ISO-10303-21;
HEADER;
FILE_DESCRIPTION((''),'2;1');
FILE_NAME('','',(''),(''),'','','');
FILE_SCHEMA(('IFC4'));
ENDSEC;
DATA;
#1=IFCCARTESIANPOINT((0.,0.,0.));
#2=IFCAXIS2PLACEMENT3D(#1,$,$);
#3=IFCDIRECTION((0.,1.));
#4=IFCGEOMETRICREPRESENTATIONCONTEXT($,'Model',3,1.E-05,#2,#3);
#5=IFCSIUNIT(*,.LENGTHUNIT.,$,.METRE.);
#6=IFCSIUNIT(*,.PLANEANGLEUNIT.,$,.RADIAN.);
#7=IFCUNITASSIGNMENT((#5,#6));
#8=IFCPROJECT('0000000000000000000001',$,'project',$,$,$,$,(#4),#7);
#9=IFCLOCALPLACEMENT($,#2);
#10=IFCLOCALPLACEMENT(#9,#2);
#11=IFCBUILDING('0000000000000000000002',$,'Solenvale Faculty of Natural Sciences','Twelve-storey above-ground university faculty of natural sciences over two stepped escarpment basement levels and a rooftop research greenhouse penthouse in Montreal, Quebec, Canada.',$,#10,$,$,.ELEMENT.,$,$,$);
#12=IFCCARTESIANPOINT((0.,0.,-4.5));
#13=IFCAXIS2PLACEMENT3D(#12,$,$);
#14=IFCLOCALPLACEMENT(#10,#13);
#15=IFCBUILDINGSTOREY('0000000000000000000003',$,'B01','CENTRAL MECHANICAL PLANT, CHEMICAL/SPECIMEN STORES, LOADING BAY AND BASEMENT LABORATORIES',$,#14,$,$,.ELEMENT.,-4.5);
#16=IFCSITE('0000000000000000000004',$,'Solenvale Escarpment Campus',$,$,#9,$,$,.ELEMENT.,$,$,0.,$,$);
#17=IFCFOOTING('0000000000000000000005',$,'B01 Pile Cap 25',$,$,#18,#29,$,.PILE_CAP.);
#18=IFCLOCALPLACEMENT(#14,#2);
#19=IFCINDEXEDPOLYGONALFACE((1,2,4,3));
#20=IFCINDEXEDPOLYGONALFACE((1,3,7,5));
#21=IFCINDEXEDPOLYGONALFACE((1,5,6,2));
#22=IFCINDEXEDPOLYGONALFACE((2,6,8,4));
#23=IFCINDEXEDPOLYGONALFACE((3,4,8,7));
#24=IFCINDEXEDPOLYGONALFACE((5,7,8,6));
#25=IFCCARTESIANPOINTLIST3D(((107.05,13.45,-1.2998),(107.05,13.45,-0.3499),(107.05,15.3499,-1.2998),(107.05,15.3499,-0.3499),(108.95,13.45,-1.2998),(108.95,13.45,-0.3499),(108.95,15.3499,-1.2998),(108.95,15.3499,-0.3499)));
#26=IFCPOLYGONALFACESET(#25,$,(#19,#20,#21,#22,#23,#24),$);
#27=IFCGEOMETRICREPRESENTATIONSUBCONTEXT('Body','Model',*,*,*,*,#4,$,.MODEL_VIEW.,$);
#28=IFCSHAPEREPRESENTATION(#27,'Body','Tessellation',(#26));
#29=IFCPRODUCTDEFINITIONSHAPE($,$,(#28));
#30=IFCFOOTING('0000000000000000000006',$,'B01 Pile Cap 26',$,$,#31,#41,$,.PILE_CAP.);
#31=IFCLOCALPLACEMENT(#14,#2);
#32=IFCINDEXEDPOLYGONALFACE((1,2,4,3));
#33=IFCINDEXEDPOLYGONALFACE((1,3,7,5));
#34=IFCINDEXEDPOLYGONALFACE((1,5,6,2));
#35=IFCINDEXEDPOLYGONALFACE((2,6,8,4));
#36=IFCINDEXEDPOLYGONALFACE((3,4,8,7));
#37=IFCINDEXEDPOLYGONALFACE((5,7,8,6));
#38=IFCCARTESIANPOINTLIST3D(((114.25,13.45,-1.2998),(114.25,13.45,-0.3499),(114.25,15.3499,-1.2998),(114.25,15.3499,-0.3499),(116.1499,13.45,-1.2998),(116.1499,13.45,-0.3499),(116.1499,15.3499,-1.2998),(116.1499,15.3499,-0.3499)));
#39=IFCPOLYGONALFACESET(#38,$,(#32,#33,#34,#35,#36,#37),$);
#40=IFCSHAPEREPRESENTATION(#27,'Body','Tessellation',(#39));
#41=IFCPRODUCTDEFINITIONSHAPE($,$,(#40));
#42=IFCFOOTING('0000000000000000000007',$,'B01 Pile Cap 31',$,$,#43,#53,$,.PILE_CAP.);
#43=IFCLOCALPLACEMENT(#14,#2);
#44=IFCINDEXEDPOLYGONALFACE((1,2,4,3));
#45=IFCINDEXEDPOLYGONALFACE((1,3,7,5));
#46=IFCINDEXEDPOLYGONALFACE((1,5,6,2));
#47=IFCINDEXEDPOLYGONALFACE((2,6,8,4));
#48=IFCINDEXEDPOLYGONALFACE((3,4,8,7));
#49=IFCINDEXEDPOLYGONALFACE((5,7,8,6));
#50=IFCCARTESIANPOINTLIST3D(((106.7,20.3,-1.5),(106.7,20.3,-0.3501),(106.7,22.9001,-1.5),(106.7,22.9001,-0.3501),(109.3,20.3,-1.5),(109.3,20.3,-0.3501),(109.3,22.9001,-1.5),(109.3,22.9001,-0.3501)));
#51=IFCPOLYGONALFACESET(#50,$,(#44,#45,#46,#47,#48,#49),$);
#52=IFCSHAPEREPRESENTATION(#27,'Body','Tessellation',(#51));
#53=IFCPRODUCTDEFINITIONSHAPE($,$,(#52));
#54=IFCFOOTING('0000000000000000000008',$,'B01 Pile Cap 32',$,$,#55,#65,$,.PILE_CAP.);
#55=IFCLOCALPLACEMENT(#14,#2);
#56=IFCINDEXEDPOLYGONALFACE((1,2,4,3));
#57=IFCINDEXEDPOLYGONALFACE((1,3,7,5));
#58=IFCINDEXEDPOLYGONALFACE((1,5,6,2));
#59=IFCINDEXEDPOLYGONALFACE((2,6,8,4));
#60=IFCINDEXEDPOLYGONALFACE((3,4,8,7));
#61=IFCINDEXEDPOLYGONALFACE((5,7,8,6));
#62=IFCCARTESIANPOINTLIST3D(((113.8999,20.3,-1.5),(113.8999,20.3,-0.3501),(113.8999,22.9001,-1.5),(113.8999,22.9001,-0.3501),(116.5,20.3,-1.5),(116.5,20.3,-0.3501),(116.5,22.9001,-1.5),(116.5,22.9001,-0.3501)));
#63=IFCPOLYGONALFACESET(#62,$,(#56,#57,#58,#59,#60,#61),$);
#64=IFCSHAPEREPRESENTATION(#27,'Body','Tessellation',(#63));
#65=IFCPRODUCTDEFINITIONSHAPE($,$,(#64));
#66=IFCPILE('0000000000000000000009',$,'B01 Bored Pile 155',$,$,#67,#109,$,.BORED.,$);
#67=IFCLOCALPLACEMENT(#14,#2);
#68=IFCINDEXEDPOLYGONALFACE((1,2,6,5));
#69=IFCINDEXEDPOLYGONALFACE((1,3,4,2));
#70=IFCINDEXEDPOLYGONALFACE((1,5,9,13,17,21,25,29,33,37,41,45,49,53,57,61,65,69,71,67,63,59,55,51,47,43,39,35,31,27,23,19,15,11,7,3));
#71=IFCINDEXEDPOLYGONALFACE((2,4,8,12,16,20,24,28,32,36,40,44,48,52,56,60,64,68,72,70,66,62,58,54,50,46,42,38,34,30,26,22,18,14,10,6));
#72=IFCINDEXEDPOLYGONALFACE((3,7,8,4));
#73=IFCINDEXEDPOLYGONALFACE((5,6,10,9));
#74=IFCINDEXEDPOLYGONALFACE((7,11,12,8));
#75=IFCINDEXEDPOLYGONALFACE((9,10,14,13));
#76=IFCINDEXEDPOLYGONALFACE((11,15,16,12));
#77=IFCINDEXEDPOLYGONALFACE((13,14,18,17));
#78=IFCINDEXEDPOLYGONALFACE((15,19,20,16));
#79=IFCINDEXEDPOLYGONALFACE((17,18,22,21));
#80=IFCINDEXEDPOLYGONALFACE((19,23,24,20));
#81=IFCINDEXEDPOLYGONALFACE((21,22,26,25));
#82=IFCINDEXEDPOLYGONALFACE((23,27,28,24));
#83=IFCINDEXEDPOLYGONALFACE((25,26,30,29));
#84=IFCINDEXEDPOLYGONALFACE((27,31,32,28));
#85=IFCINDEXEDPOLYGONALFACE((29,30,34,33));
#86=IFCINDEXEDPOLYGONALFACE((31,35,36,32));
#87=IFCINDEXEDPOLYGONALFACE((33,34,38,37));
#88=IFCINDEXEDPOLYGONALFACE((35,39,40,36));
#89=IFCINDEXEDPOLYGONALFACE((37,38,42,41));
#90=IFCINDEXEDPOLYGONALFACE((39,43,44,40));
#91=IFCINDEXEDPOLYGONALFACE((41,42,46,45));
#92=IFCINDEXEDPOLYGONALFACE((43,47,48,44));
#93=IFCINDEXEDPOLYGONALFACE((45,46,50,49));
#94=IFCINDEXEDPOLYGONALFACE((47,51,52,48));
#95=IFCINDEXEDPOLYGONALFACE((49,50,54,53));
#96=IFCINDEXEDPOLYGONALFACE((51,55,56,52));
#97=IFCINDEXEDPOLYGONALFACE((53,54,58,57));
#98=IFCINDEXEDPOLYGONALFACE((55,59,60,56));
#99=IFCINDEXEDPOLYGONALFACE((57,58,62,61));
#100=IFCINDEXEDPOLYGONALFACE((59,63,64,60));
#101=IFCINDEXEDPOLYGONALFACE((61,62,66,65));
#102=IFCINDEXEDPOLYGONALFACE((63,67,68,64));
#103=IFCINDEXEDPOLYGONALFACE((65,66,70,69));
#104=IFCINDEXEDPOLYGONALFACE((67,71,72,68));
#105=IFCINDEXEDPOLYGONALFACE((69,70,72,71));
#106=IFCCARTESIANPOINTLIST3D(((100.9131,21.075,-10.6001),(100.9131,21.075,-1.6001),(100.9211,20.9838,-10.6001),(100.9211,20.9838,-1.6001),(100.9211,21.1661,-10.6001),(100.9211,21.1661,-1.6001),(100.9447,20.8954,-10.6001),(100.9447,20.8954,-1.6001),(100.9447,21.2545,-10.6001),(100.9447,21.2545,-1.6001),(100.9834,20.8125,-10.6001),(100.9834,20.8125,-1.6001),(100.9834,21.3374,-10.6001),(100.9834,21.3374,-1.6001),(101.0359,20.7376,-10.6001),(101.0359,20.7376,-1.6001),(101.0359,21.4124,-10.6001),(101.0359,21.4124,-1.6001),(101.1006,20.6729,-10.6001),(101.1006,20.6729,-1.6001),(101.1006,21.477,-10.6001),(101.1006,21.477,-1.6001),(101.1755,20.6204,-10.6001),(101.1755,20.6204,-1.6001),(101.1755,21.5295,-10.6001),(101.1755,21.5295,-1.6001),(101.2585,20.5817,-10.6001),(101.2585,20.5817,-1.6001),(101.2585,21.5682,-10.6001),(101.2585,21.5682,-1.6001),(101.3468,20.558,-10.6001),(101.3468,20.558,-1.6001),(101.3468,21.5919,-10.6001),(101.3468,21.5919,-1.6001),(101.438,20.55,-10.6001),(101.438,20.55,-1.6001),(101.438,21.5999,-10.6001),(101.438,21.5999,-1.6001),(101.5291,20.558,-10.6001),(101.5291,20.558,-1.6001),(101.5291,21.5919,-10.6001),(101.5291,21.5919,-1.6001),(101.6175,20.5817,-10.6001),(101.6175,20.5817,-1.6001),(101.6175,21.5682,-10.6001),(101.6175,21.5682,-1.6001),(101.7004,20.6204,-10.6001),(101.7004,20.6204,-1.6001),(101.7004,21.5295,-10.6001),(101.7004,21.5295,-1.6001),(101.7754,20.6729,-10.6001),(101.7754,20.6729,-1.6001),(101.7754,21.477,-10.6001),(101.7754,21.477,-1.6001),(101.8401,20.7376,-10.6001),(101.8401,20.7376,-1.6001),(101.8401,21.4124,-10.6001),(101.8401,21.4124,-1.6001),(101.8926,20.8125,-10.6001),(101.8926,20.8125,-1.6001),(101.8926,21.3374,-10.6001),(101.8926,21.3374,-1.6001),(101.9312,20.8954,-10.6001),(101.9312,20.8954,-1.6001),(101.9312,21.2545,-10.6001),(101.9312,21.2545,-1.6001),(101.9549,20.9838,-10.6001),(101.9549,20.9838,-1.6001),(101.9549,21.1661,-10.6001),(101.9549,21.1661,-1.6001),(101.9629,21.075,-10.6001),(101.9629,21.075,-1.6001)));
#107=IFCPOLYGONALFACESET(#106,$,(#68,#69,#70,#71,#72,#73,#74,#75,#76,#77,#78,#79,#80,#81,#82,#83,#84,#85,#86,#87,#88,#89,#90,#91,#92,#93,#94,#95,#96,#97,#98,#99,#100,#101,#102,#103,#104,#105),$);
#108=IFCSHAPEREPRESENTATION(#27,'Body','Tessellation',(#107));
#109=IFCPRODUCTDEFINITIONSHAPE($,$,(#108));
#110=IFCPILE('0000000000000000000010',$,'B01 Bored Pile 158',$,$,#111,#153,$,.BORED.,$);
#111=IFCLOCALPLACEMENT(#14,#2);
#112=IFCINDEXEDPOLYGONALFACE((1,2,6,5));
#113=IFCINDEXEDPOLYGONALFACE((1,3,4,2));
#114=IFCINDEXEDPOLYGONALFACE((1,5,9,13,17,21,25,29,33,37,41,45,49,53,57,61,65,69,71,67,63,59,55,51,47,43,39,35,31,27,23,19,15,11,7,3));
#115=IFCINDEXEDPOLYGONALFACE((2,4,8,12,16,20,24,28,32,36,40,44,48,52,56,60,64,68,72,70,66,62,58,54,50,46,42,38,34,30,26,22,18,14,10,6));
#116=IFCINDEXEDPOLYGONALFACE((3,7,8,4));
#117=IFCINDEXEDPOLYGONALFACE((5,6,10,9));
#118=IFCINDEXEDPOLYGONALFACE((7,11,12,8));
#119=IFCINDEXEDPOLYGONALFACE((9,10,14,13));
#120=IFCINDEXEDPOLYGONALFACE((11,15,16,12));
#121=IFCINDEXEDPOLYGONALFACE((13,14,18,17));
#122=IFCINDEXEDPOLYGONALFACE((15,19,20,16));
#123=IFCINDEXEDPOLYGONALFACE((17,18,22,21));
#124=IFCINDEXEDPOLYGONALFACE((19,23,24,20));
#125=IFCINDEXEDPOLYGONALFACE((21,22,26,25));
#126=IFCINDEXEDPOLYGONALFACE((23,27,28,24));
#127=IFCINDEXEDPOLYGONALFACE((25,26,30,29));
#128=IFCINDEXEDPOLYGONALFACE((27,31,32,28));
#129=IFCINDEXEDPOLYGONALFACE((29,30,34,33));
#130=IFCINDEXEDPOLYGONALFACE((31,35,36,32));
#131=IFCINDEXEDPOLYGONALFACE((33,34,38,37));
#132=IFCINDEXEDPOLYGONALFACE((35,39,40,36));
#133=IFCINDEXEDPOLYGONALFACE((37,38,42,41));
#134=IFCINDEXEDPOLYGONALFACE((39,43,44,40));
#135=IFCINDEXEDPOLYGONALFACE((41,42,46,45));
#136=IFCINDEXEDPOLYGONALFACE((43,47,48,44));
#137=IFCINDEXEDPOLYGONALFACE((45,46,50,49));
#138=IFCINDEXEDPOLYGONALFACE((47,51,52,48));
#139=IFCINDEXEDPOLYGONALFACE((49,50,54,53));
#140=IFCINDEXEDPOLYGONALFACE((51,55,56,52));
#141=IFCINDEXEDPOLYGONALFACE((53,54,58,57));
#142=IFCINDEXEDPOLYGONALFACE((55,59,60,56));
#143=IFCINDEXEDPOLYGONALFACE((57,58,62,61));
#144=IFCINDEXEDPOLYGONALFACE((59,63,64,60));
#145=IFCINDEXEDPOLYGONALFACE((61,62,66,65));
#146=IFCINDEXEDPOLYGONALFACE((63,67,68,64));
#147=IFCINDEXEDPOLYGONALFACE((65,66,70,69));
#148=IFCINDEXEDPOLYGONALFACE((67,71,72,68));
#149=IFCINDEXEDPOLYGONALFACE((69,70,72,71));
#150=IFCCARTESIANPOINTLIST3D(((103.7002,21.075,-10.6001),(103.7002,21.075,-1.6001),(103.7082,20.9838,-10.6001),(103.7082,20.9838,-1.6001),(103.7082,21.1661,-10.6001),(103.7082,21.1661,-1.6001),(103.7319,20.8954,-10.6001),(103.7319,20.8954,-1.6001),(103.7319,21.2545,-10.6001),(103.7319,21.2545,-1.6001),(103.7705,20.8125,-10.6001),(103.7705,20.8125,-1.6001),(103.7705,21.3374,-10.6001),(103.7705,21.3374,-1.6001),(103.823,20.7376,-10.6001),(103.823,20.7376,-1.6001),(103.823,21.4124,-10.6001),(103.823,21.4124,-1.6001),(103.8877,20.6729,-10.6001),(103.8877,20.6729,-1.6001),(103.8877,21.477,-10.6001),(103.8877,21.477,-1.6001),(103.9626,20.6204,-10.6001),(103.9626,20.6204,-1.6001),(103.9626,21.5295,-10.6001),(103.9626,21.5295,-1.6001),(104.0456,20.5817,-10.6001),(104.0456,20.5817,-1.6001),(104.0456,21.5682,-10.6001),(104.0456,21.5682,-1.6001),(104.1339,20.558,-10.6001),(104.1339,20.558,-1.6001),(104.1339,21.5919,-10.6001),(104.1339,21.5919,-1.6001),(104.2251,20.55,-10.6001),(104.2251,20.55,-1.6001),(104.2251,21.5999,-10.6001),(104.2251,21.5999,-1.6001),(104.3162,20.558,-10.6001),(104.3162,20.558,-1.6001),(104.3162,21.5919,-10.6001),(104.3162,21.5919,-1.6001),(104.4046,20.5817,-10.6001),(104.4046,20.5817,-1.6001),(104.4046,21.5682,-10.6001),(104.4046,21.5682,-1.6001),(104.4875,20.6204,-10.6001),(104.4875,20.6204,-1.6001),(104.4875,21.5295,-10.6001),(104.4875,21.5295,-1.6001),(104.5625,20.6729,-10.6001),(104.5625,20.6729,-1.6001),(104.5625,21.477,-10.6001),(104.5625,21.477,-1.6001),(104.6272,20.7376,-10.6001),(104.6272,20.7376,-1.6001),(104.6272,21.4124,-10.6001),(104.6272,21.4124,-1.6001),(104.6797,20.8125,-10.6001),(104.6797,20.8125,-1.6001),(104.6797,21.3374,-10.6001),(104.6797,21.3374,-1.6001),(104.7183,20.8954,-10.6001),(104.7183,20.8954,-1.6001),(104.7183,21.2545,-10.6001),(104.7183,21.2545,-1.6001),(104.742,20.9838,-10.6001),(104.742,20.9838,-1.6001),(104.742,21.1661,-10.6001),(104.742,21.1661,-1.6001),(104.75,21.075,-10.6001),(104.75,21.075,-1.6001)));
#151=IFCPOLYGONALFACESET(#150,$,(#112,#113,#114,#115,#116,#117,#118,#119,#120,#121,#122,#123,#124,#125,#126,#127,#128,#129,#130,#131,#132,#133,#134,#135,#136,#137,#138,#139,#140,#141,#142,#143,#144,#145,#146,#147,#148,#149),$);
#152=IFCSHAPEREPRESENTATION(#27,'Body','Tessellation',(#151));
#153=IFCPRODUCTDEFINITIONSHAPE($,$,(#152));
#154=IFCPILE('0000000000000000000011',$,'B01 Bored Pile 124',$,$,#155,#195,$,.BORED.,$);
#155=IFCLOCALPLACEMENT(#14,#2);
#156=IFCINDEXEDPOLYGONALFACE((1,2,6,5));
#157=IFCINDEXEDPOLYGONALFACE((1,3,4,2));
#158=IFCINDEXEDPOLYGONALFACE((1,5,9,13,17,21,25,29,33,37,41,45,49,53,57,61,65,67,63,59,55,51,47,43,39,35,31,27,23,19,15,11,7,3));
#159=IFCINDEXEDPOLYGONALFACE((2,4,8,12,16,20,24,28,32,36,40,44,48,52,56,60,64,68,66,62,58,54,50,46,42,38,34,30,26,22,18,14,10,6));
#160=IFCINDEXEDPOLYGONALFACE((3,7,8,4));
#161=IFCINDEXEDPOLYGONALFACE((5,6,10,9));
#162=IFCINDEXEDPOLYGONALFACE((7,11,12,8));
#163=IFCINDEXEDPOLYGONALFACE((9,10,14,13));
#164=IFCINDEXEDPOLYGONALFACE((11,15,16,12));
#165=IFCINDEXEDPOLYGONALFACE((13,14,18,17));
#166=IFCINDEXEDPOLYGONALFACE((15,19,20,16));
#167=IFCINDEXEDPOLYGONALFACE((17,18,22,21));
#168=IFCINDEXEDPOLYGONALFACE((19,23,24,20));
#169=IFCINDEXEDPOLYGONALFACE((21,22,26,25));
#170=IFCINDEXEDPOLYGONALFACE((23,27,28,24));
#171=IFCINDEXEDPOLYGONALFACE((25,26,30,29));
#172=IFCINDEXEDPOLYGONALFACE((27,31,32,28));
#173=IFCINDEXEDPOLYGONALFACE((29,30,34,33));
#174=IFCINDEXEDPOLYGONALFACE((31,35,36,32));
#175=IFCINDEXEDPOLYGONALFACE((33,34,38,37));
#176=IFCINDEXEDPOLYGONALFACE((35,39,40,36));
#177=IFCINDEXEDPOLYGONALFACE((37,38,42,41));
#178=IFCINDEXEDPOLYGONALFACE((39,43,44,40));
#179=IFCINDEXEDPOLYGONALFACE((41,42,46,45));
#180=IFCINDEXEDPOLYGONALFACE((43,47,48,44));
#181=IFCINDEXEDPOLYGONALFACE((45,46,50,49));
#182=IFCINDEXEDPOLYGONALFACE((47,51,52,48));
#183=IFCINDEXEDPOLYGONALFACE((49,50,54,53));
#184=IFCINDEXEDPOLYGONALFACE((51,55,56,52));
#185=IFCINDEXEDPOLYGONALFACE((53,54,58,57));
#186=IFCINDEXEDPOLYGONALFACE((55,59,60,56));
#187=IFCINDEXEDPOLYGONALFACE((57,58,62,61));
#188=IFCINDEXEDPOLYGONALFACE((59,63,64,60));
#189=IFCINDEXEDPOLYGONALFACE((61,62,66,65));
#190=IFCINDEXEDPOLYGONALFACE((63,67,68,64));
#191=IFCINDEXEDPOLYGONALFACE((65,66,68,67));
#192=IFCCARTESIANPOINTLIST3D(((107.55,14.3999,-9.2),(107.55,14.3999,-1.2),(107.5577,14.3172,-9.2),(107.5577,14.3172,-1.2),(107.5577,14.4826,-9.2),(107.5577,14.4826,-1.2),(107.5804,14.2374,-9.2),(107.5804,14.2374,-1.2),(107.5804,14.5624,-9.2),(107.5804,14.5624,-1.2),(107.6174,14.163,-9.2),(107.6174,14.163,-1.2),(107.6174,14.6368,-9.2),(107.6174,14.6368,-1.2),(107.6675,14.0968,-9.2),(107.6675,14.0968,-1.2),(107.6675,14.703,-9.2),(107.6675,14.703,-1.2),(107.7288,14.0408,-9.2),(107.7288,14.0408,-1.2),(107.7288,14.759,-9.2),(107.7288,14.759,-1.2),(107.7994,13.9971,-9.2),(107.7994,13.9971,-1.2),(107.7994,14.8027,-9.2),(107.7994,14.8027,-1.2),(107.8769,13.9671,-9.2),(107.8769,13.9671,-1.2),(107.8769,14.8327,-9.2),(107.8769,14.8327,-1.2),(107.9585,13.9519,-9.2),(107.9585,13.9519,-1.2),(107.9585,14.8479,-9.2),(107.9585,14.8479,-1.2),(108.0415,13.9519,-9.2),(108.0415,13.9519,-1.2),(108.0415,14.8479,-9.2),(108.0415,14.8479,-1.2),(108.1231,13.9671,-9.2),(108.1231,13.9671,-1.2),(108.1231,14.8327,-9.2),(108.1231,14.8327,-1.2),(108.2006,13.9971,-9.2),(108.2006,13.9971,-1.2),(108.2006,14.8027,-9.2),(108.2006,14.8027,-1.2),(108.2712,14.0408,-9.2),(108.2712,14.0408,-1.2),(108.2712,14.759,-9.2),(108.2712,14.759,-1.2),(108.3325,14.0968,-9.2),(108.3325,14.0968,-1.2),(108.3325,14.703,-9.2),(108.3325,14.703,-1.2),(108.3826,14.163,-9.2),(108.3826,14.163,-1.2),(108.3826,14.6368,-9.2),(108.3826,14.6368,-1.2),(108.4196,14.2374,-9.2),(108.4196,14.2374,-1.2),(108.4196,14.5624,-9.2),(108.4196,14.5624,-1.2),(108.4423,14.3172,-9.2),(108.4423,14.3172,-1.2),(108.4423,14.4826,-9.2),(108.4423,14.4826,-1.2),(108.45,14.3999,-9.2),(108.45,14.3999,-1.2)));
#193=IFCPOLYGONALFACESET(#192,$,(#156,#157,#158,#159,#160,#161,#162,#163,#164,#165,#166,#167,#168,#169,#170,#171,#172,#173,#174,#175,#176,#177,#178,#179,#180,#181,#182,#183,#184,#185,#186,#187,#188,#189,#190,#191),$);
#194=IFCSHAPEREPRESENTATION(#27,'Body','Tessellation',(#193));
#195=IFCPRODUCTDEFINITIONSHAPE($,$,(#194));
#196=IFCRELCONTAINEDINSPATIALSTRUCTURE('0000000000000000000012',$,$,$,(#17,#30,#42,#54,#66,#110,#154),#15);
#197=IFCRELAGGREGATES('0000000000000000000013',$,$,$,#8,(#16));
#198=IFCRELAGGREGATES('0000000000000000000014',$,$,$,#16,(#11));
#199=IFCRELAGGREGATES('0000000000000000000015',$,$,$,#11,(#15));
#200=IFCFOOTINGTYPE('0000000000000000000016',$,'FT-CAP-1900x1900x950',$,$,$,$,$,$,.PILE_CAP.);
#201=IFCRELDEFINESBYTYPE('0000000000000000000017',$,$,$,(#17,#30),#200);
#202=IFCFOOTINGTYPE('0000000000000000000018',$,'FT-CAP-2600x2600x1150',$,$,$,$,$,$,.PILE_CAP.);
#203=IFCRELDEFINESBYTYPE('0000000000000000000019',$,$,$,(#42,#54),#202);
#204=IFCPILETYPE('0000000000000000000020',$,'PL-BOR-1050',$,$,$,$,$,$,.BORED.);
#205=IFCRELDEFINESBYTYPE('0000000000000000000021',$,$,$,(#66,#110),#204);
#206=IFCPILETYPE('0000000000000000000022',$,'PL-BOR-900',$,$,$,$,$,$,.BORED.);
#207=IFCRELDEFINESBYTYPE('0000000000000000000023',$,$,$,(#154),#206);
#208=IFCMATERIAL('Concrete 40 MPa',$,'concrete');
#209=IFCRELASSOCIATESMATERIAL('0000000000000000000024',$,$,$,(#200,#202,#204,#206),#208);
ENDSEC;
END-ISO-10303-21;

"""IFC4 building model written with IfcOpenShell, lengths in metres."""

from ifc_helpers import new_model, si_unit, direction, frame, origin, origin_2d, place, context, subcontext, project, spatial, rectangle, circle, extrude, material, material_profile, profile_set, type_object, element, save


model = new_model("IFC4")

# Units and contexts
model_context = context("Model", 3, precision=1e-05, world=origin(), true_north=direction((0.0, 1.0)))
body_context = subcontext(model_context, "Body", "Model", "MODEL_VIEW")
ifc_project = project(units=[si_unit("LENGTHUNIT", "METRE"), si_unit("PLANEANGLEUNIT", "RADIAN")], contexts=[model_context])

# Site, building, storey
site_placement = place(None, origin())
site = spatial("IfcSite", under=ifc_project, at=site_placement, Name="Solenvale Escarpment Campus", CompositionType="ELEMENT", RefElevation=0.0)
building_placement = place(site_placement, origin())
building = spatial("IfcBuilding", under=site, at=building_placement, Name="Solenvale Faculty of Natural Sciences", Description="Twelve-storey above-ground university faculty of natural sciences over two stepped escarpment basement levels and a rooftop research greenhouse penthouse in Montreal, Quebec, Canada.", CompositionType="ELEMENT")
storey_placement = place(building_placement, frame((0.0, 0.0, -4.5)))
storey = spatial("IfcBuildingStorey", under=building, at=storey_placement, Name="B01", Description="CENTRAL MECHANICAL PLANT, CHEMICAL/SPECIMEN STORES, LOADING BAY AND BASEMENT LABORATORIES", CompositionType="ELEMENT", Elevation=-4.5)

# Footings
ifc_material_1 = material(Name="Concrete 40 MPa", Category="concrete")
footing_type_1 = type_object("IfcFootingType", Name="FT-CAP-1900x1900x950", PredefinedType="PILE_CAP", material=ifc_material_1)
for number, where, z_axis, x_axis, name in (
    (1, (108.0, 14.3999, -1.2998), (0.0, 0.0, 1.0), (1.0, 0.0, 0.0), "B01 Pile Cap 25"),
    (2, (115.2, 14.3999, -1.2998), (0.0, 0.0, 1.0), (1.0, 0.0, 0.0), "B01 Pile Cap 26"),
):
    element("IfcFooting", number, at=place(storey_placement, frame(where, z_axis=z_axis, x_axis=x_axis)), inside=storey, type_object=footing_type_1, Name=name, PredefinedType="PILE_CAP", context=body_context, shape_type="SweptSolid", body=[
        extrude(rectangle(XDim=1.8999, YDim=1.8999, at=origin_2d()), origin(), (0.0, 0.0, 1.0), 0.95),
    ])
footing_type_2 = type_object("IfcFootingType", Name="FT-CAP-2600x2600x1150", PredefinedType="PILE_CAP", material=ifc_material_1)
for number, where, z_axis, x_axis, name in (
    (3, (108.0, 21.6001, -1.5), (0.0, 0.0, 1.0), (1.0, 0.0, 0.0), "B01 Pile Cap 31"),
    (4, (115.2, 21.6001, -1.5), (0.0, 0.0, 1.0), (1.0, 0.0, 0.0), "B01 Pile Cap 32"),
):
    element("IfcFooting", number, at=place(storey_placement, frame(where, z_axis=z_axis, x_axis=x_axis)), inside=storey, type_object=footing_type_2, Name=name, PredefinedType="PILE_CAP", context=body_context, shape_type="SweptSolid", body=[
        extrude(rectangle(XDim=2.6001, YDim=2.6001, at=origin_2d()), origin(), (0.0, 0.0, 1.0), 1.1499),
    ])

# Piles
ifc_material_profile_1 = material_profile(ifc_material_1, circle(Radius=0.5249, at=origin_2d()), Name="PILE-D1050")
ifc_profile_set_1 = profile_set([ifc_material_profile_1], Name="Concrete 40 MPa")
pile_type_1 = type_object("IfcPileType", Name="PL-BOR-1050", PredefinedType="BORED", material=ifc_profile_set_1)
for number, where, z_axis, x_axis, name in (
    (5, (101.438, 21.075, -1.6001), (0.0, 0.0, -1.0), (1.0, 0.0, 0.0), "B01 Bored Pile 155"),
    (6, (104.2251, 21.075, -1.6001), (0.0, 0.0, -1.0), (1.0, 0.0, 0.0), "B01 Bored Pile 158"),
):
    element("IfcPile", number, at=place(storey_placement, frame(where, z_axis=z_axis, x_axis=x_axis)), inside=storey, type_object=pile_type_1, Name=name, PredefinedType="BORED", context=body_context, shape_type="SweptSolid", body=[
        extrude(circle(Radius=0.5249, at=origin_2d()), origin(), (0.0, 0.0, 1.0), 9.0),
    ])
ifc_material_profile_2 = material_profile(ifc_material_1, circle(Radius=0.45, at=origin_2d()), Name="PILE-D900")
ifc_profile_set_2 = profile_set([ifc_material_profile_2], Name="Concrete 40 MPa")
pile_type_2 = type_object("IfcPileType", Name="PL-BOR-900", PredefinedType="BORED", material=ifc_profile_set_2)
for number, where, z_axis, x_axis, name in (
    (7, (108.0, 14.3999, -1.2), (0.0, 0.0, -1.0), (1.0, 0.0, 0.0), "B01 Bored Pile 124"),
):
    element("IfcPile", number, at=place(storey_placement, frame(where, z_axis=z_axis, x_axis=x_axis)), inside=storey, type_object=pile_type_2, Name=name, PredefinedType="BORED", context=body_context, shape_type="SweptSolid", body=[
        extrude(circle(Radius=0.45, at=origin_2d()), origin(), (0.0, 0.0, 1.0), 8.0),
    ])

save(model, "model.ifc")
